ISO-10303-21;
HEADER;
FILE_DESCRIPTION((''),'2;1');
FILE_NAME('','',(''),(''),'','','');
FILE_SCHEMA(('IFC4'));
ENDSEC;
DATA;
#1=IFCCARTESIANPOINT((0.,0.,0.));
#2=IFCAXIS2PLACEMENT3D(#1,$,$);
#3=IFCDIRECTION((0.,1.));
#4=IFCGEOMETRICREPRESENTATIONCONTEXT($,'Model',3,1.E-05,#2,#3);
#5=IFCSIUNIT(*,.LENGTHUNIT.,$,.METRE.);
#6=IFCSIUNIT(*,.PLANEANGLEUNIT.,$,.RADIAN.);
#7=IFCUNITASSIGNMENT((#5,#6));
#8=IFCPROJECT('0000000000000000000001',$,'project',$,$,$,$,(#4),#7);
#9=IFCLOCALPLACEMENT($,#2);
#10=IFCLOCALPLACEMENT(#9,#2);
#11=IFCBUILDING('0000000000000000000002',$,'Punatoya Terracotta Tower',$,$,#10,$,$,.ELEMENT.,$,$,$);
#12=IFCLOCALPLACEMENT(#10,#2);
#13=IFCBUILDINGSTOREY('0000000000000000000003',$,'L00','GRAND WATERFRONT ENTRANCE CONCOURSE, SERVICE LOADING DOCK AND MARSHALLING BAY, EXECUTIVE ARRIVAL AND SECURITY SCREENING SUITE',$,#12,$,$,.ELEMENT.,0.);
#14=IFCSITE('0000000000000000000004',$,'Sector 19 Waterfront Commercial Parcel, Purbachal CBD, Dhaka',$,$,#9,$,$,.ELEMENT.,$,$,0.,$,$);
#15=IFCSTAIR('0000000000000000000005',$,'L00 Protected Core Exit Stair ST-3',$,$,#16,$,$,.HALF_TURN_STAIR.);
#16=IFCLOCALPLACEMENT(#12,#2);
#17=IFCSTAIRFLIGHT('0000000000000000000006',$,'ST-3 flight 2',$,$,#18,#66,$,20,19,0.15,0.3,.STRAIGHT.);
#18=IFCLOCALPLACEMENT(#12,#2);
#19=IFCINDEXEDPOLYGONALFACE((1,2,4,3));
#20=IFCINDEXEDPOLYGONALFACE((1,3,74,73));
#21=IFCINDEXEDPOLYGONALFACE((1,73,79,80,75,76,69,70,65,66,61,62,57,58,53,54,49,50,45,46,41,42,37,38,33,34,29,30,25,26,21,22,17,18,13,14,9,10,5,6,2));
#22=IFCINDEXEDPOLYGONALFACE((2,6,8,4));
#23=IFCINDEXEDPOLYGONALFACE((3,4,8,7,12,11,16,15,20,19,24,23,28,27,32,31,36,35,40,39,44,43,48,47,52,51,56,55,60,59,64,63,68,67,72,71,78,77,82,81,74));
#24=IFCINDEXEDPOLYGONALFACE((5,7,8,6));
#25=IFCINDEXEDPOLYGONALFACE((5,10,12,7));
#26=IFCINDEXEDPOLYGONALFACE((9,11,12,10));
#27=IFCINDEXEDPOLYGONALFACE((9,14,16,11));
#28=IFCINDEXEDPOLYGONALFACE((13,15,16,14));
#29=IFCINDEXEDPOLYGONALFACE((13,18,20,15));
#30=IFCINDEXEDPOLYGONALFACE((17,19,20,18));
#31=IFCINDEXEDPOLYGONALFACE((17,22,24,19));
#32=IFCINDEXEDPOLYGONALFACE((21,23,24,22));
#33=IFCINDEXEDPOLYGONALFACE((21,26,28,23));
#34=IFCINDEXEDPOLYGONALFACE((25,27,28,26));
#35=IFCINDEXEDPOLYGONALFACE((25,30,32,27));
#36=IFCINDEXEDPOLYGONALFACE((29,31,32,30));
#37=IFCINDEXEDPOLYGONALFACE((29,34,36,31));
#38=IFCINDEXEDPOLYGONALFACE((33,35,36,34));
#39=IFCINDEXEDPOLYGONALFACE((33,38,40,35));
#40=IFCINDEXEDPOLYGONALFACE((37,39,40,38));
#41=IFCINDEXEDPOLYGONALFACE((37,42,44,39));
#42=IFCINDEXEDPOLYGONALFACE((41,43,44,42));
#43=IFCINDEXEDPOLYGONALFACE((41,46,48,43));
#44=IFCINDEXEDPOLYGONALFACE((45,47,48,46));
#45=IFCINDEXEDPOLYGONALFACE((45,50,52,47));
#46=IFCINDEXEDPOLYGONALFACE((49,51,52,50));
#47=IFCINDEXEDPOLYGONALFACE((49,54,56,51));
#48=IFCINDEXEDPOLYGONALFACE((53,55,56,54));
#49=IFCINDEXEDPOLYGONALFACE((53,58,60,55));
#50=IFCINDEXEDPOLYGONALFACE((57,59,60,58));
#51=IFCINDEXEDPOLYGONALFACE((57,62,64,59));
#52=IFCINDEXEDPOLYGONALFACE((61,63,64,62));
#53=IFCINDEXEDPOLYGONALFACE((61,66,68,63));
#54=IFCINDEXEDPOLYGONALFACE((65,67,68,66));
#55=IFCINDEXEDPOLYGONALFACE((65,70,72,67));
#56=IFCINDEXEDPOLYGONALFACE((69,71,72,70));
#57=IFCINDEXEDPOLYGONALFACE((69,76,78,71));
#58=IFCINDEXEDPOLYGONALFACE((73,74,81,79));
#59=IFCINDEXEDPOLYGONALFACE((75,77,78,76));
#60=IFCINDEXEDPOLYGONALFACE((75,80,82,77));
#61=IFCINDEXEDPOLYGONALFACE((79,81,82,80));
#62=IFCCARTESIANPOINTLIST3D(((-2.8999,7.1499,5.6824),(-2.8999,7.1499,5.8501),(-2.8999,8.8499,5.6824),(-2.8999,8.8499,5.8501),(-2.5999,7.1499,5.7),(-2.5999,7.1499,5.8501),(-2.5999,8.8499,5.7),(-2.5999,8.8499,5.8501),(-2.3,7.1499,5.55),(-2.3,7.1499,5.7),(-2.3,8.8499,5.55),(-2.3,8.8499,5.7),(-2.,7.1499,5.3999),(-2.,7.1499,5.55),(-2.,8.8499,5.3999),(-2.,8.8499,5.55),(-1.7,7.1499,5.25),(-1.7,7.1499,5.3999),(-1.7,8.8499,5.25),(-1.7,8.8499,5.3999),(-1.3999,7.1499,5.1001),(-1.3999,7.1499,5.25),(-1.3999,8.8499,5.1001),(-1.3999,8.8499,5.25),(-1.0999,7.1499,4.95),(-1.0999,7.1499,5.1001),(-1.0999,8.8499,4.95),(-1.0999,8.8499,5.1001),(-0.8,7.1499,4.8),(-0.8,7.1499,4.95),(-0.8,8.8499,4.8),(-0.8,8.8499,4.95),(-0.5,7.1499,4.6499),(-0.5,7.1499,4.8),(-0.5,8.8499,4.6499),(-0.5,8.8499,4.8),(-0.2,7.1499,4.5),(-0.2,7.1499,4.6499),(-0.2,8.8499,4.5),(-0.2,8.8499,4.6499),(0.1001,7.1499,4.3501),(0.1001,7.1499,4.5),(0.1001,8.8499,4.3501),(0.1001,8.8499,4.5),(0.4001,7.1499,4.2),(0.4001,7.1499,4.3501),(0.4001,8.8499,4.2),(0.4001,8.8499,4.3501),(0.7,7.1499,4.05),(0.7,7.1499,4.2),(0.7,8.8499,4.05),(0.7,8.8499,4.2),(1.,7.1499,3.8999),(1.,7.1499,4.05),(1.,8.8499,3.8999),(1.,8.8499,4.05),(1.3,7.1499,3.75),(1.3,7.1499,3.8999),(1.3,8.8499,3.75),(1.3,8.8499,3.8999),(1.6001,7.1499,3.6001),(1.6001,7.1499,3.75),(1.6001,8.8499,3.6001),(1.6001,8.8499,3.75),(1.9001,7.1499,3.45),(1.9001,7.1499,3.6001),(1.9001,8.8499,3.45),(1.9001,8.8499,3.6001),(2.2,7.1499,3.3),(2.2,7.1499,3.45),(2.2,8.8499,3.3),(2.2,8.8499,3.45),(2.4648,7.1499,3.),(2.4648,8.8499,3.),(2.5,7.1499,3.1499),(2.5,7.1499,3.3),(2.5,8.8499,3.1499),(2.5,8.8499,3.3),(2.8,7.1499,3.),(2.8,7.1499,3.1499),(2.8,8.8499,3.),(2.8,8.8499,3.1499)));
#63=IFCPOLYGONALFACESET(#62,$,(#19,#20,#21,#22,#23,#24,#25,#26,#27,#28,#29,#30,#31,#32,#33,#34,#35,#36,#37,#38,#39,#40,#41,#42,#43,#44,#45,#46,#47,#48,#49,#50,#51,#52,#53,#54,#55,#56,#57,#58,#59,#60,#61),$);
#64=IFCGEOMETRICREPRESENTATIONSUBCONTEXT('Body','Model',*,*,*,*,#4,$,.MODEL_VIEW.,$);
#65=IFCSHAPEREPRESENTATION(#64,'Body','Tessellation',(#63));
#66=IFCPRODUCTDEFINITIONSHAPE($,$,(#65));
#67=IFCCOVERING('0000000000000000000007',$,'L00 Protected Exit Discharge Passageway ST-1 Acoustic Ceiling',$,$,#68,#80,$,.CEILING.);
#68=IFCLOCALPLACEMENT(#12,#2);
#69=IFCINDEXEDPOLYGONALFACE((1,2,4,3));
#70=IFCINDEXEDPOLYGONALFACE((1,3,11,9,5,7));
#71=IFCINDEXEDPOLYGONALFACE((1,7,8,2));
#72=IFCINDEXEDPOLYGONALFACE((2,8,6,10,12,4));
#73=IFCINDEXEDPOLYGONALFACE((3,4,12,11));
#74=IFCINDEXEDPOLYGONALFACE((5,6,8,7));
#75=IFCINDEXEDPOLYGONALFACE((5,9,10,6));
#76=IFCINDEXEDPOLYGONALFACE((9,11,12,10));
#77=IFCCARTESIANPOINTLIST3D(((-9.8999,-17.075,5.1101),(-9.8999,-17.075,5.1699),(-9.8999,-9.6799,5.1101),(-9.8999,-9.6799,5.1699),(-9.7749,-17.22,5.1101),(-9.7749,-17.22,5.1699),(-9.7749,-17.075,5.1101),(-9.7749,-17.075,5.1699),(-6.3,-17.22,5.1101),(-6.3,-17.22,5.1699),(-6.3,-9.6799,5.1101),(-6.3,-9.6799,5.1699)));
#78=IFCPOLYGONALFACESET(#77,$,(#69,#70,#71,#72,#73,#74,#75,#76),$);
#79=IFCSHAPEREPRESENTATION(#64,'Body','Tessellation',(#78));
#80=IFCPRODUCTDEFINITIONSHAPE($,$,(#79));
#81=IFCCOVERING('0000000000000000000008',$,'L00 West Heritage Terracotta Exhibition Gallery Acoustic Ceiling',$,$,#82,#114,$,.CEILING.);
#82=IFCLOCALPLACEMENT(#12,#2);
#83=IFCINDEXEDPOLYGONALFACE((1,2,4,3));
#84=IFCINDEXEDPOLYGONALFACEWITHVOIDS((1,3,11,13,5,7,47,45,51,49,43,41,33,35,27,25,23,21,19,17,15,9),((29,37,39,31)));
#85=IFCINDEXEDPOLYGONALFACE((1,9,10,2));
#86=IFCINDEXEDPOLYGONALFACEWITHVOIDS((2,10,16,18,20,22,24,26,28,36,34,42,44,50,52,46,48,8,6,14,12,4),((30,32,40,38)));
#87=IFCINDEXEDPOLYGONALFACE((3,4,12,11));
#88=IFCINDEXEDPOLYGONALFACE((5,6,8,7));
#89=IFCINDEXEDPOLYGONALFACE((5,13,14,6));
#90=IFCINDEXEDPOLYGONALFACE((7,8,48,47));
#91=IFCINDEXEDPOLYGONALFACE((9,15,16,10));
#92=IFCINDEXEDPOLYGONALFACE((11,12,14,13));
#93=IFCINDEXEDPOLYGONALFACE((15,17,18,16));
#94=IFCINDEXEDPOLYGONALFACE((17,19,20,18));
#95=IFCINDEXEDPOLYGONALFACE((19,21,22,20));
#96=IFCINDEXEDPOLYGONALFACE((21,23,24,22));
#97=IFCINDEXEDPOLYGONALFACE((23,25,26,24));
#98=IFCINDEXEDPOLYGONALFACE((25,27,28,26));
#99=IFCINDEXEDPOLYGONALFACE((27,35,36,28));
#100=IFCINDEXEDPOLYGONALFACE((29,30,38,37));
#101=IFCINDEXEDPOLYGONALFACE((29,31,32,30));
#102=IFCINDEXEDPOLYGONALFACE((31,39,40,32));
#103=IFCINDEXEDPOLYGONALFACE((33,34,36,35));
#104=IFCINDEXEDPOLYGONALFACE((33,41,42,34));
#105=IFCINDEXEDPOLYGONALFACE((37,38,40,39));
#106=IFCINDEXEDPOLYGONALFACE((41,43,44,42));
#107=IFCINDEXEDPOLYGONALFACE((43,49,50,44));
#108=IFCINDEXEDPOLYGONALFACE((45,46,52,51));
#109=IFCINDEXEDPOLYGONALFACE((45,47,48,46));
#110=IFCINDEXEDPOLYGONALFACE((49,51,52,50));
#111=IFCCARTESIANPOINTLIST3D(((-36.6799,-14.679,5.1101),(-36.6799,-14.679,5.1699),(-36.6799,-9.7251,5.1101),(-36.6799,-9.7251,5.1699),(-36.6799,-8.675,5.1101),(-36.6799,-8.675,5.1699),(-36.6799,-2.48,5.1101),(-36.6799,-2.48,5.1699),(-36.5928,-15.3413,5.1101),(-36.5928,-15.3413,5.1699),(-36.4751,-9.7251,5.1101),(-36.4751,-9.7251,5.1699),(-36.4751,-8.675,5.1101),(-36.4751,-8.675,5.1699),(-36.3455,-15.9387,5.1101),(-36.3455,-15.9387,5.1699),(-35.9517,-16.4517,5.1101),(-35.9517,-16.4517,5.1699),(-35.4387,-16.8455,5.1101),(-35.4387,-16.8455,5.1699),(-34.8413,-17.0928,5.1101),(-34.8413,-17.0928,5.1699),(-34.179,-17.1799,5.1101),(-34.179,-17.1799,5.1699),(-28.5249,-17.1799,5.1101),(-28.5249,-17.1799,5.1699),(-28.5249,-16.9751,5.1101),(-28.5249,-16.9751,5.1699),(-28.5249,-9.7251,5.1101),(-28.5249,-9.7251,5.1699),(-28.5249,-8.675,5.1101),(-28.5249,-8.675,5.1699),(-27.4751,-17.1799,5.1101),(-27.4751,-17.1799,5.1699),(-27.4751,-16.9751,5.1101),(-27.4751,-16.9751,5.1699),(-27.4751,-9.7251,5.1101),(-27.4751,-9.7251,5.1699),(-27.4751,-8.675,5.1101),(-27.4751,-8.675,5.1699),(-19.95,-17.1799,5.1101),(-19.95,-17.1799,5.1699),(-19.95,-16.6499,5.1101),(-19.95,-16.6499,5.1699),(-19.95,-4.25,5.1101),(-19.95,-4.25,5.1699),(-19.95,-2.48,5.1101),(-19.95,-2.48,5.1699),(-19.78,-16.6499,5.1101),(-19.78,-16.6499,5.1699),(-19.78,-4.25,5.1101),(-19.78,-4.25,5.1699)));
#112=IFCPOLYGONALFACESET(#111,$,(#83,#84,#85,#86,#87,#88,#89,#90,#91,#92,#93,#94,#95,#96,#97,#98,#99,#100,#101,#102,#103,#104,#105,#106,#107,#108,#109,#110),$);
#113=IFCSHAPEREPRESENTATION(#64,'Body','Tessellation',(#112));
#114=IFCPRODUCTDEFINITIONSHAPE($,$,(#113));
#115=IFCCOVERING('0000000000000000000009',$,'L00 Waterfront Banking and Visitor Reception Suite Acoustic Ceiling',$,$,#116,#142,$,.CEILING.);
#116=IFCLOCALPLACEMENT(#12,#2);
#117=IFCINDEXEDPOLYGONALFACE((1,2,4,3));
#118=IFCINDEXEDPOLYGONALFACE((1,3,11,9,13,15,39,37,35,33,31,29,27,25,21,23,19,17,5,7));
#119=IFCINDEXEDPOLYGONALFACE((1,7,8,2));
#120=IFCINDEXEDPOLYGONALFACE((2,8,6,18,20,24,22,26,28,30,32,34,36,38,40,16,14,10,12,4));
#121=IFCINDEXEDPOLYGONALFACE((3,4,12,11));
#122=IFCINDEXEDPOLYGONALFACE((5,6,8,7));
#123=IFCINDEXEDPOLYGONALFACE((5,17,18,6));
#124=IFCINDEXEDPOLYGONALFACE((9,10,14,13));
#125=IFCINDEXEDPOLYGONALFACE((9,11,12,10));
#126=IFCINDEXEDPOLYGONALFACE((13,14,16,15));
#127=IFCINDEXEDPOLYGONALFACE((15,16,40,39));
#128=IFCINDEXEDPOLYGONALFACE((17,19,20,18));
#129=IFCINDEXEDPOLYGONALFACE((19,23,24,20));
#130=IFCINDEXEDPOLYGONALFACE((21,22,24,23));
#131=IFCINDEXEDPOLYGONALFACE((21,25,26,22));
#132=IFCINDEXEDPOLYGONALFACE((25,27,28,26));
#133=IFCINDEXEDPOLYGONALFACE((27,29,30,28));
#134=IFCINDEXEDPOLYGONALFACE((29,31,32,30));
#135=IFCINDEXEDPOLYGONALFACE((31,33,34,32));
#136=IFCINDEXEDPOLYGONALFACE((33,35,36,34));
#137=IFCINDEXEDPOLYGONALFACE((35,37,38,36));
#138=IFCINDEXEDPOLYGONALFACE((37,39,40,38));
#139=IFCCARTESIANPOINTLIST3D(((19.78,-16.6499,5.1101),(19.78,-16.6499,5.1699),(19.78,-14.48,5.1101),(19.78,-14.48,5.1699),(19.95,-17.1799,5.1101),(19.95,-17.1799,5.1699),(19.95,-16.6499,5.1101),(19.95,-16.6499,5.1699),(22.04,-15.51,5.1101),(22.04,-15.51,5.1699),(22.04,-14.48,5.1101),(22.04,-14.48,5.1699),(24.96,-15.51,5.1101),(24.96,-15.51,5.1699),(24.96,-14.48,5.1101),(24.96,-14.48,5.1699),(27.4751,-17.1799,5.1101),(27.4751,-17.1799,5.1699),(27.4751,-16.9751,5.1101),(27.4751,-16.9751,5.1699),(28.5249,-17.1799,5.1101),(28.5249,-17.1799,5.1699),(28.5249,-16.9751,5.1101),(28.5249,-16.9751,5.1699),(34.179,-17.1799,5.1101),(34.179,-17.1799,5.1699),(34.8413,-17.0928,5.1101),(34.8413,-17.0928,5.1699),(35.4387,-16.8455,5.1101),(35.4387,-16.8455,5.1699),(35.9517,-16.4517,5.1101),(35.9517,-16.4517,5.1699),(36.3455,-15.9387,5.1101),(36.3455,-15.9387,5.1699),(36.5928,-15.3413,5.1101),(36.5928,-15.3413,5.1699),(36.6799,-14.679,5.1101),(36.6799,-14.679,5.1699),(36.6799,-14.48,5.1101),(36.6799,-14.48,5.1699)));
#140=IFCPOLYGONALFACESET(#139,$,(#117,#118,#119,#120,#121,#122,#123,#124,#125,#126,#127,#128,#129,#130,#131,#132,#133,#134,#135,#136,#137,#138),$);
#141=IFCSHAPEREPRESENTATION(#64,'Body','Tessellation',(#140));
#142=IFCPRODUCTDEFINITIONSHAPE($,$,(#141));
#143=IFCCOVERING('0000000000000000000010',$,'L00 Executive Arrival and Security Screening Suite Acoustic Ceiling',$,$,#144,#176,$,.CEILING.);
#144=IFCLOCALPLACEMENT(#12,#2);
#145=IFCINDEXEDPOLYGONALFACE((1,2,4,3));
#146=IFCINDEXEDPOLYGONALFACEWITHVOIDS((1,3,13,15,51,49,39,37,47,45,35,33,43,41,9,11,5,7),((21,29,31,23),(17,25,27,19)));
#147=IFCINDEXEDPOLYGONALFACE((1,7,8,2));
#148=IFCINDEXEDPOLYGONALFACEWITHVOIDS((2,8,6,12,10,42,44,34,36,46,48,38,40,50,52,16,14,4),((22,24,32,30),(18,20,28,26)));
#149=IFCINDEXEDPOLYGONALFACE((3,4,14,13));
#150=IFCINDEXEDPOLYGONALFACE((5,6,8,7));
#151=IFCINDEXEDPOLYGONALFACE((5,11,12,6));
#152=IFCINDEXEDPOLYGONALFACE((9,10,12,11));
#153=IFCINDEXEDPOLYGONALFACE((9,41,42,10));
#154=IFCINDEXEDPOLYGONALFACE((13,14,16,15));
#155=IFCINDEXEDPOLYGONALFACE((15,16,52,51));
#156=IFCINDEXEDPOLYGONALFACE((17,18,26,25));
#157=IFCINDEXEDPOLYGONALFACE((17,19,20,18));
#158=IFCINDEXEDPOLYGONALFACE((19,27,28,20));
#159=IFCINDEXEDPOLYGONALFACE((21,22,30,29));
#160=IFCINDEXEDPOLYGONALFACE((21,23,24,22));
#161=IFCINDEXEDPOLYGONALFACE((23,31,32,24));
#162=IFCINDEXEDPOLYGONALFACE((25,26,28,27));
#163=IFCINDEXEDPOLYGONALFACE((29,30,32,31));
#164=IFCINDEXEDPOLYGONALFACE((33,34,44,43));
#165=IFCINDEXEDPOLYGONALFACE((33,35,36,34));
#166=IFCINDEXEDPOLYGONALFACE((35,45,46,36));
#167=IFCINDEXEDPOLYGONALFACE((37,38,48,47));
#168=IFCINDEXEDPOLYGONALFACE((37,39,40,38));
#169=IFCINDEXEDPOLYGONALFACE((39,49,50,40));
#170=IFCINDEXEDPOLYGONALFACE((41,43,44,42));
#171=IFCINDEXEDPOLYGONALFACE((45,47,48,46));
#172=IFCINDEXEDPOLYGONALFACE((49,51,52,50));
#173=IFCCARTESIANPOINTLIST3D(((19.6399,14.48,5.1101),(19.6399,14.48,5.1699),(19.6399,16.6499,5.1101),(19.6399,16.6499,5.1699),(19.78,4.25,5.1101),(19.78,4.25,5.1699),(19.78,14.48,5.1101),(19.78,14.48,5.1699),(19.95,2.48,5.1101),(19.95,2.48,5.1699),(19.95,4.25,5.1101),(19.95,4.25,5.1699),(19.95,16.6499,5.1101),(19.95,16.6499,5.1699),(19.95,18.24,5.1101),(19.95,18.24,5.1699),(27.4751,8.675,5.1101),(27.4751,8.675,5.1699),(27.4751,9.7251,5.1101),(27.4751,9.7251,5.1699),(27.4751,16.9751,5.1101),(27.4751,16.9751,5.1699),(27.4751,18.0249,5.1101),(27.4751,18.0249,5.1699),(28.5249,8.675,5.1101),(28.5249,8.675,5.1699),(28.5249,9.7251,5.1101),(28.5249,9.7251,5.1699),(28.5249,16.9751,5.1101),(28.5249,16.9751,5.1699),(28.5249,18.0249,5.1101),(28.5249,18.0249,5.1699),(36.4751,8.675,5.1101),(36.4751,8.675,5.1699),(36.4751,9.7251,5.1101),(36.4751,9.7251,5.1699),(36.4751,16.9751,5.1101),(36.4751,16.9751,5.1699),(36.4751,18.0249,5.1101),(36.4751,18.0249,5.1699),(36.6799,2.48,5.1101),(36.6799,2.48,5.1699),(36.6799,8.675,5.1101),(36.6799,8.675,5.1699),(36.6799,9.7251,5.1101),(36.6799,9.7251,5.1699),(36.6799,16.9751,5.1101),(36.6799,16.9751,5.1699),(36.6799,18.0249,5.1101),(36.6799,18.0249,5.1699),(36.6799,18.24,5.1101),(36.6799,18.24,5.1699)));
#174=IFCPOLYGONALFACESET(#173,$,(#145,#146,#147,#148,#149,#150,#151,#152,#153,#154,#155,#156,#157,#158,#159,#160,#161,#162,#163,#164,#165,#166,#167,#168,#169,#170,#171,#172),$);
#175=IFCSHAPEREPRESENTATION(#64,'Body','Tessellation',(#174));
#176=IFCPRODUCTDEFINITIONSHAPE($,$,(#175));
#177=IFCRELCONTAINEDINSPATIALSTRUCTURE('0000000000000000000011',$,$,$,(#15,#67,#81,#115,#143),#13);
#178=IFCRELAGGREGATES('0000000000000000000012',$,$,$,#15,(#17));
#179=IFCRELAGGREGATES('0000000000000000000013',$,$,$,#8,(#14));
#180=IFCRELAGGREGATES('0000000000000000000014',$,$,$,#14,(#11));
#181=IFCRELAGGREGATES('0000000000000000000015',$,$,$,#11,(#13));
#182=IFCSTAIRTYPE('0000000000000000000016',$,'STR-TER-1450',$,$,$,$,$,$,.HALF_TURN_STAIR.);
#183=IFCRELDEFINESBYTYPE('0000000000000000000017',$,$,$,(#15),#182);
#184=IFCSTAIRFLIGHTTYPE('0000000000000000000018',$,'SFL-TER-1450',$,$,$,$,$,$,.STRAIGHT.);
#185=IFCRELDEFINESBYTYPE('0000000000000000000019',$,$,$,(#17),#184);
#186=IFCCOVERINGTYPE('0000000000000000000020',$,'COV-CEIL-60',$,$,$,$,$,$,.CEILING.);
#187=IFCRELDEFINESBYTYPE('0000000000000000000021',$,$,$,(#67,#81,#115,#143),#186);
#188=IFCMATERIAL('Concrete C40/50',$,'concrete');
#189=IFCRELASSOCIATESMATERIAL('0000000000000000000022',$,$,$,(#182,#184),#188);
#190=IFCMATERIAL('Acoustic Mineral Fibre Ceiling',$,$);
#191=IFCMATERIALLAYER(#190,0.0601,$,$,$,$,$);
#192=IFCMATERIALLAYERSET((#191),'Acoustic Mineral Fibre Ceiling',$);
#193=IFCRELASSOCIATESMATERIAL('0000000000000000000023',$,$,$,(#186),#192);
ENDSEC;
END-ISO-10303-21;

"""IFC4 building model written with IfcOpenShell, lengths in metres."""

from ifc_helpers import new_model, si_unit, direction, frame, origin, place, context, subcontext, project, spatial, polyline, outline, extrude, material, layer, layer_set, type_object, element, aggregate, save


model = new_model("IFC4")

# Units and contexts
model_context = context("Model", 3, precision=1e-05, world=origin(), true_north=direction((0.0, 1.0)))
body_context = subcontext(model_context, "Body", "Model", "MODEL_VIEW")
ifc_project = project(units=[si_unit("LENGTHUNIT", "METRE"), si_unit("PLANEANGLEUNIT", "RADIAN")], contexts=[model_context])

# Site, building, storey
site_placement = place(None, origin())
site = spatial("IfcSite", under=ifc_project, at=site_placement, Name="Sector 19 Waterfront Commercial Parcel, Purbachal CBD, Dhaka", CompositionType="ELEMENT", RefElevation=0.0)
building_placement = place(site_placement, origin())
building = spatial("IfcBuilding", under=site, at=building_placement, Name="Punatoya Terracotta Tower", CompositionType="ELEMENT")
storey_placement = place(building_placement, origin())
storey = spatial("IfcBuildingStorey", under=building, at=storey_placement, Name="L00", Description="GRAND WATERFRONT ENTRANCE CONCOURSE, SERVICE LOADING DOCK AND MARSHALLING BAY, EXECUTIVE ARRIVAL AND SECURITY SCREENING SUITE", CompositionType="ELEMENT", Elevation=0.0)

# Shared definitions
ifc_material_1 = material(Name="Concrete C40/50", Category="concrete")

# Stair, stair flight
stair_type = type_object("IfcStairType", Name="STR-TER-1450", PredefinedType="HALF_TURN_STAIR", material=ifc_material_1)
stair_placement = place(storey_placement, origin())
stair = element("IfcStair", 1, at=stair_placement, inside=storey, type_object=stair_type, Name="L00 Protected Core Exit Stair ST-3", PredefinedType="HALF_TURN_STAIR")
stair_flight_type = type_object("IfcStairFlightType", Name="SFL-TER-1450", PredefinedType="STRAIGHT", material=ifc_material_1)
stair_flight_placement = place(storey_placement, frame((2.8, 8.0, 3.0), z_axis=(0.0, 0.0, 1.0), x_axis=(-1.0, 0.0, 0.0)))
stair_flight = element("IfcStairFlight", 2, at=stair_flight_placement, type_object=stair_flight_type, Name="ST-3 flight 2", NumberOfRisers=20, NumberOfTreads=19, PredefinedType="STRAIGHT", RiserHeight=0.15, TreadLength=0.3, context=body_context, shape_type="SweptSolid", body=[
    extrude(outline(polyline([(0.0, 0.0), (0.0, 0.1499), (0.3, 0.1499), (0.3, 0.3), (0.6001, 0.3), (0.6001, 0.45), (0.8999, 0.45), (0.8999, 0.6001), (1.2, 0.6001), (1.2, 0.75), (1.5, 0.75), (1.5, 0.8999), (1.8, 0.8999), (1.8, 1.05), (2.1001, 1.05), (2.1001, 1.2), (2.3999, 1.2), (2.3999, 1.3501), (2.7, 1.3501), (2.7, 1.5), (3.0, 1.5), (3.0, 1.6499), (3.3, 1.6499), (3.3, 1.8), (3.6001, 1.8), (3.6001, 1.95), (3.8999, 1.95), (3.8999, 2.1001), (4.2, 2.1001), (4.2, 2.25), (4.5, 2.25), (4.5, 2.3999), (4.8, 2.3999), (4.8, 2.55), (5.1001, 2.55), (5.1001, 2.7), (5.3999, 2.7), (5.3999, 2.8501), (5.7, 2.8501), (5.7, 3.0), (5.7, 2.6824), (0.3352, 0.0), (0.0, 0.0)])), frame((0.0, 0.8501, 0.0), z_axis=(0.0, -1.0, 0.0), x_axis=(1.0, 0.0, 0.0)), (0.0, 0.0, 1.0), 1.7),
])
aggregate(stair, [stair_flight])

# Coverings
ifc_material_2 = material(Name="Acoustic Mineral Fibre Ceiling")
ifc_layer_1 = layer(ifc_material_2, 0.0601)
ifc_layer_set_1 = layer_set([ifc_layer_1], Name="Acoustic Mineral Fibre Ceiling")
covering_type_1 = type_object("IfcCoveringType", Name="COV-CEIL-60", PredefinedType="CEILING", material=ifc_layer_set_1)
covering_1_placement = place(storey_placement, frame((0.0, 0.0, 5.1101)))
element("IfcCovering", 3, at=covering_1_placement, inside=storey, type_object=covering_type_1, Name="L00 Protected Exit Discharge Passageway ST-1 Acoustic Ceiling", PredefinedType="CEILING", context=body_context, shape_type="SweptSolid", body=[
    extrude(outline(polyline([(-6.3, -9.6799), (-9.8999, -9.6799), (-9.8999, -17.075), (-9.7749, -17.075), (-9.7749, -17.22), (-6.3, -17.22), (-6.3, -9.6799)])), origin(), (0.0, 0.0, 1.0), 0.0598),
])
covering_2_placement = place(storey_placement, frame((0.0, 0.0, 5.1101)))
element("IfcCovering", 4, at=covering_2_placement, inside=storey, type_object=covering_type_1, Name="L00 West Heritage Terracotta Exhibition Gallery Acoustic Ceiling", PredefinedType="CEILING", context=body_context, shape_type="SweptSolid", body=[
    extrude(outline(polyline([(-28.5249, -16.9751), (-27.4751, -16.9751), (-27.4751, -17.1799), (-19.95, -17.1799), (-19.95, -16.6499), (-19.78, -16.6499), (-19.78, -4.25), (-19.95, -4.25), (-19.95, -2.48), (-36.6799, -2.48), (-36.6799, -8.675), (-36.4751, -8.675), (-36.4751, -9.7251), (-36.6799, -9.7251), (-36.6799, -14.679), (-36.5928, -15.3413), (-36.3455, -15.9387), (-35.9517, -16.4517), (-35.4387, -16.8455), (-34.8413, -17.0928), (-34.179, -17.1799), (-28.5249, -17.1799), (-28.5249, -16.9751)]), holes=[polyline([(-28.5249, -9.7251), (-28.5249, -8.675), (-27.4751, -8.675), (-27.4751, -9.7251), (-28.5249, -9.7251)])]), origin(), (0.0, 0.0, 1.0), 0.0598),
])
covering_3_placement = place(storey_placement, frame((0.0, 0.0, 5.1101)))
element("IfcCovering", 5, at=covering_3_placement, inside=storey, type_object=covering_type_1, Name="L00 Waterfront Banking and Visitor Reception Suite Acoustic Ceiling", PredefinedType="CEILING", context=body_context, shape_type="SweptSolid", body=[
    extrude(outline(polyline([(28.5249, -16.9751), (28.5249, -17.1799), (34.179, -17.1799), (34.8413, -17.0928), (35.4387, -16.8455), (35.9517, -16.4517), (36.3455, -15.9387), (36.5928, -15.3413), (36.6799, -14.679), (36.6799, -14.48), (24.96, -14.48), (24.96, -15.51), (22.04, -15.51), (22.04, -14.48), (19.78, -14.48), (19.78, -16.6499), (19.95, -16.6499), (19.95, -17.1799), (27.4751, -17.1799), (27.4751, -16.9751), (28.5249, -16.9751)])), origin(), (0.0, 0.0, 1.0), 0.0598),
])
covering_4_placement = place(storey_placement, frame((0.0, 0.0, 5.1101)))
element("IfcCovering", 6, at=covering_4_placement, inside=storey, type_object=covering_type_1, Name="L00 Executive Arrival and Security Screening Suite Acoustic Ceiling", PredefinedType="CEILING", context=body_context, shape_type="SweptSolid", body=[
    extrude(outline(polyline([(19.95, 2.48), (36.6799, 2.48), (36.6799, 8.675), (36.4751, 8.675), (36.4751, 9.7251), (36.6799, 9.7251), (36.6799, 16.9751), (36.4751, 16.9751), (36.4751, 18.0249), (36.6799, 18.0249), (36.6799, 18.24), (19.95, 18.24), (19.95, 16.6499), (19.6399, 16.6499), (19.6399, 14.48), (19.78, 14.48), (19.78, 4.25), (19.95, 4.25), (19.95, 2.48)]), holes=[polyline([(28.5249, 8.675), (27.4751, 8.675), (27.4751, 9.7251), (28.5249, 9.7251), (28.5249, 8.675)]), polyline([(28.5249, 18.0249), (28.5249, 16.9751), (27.4751, 16.9751), (27.4751, 18.0249), (28.5249, 18.0249)])]), origin(), (0.0, 0.0, 1.0), 0.0598),
])

save(model, "model.ifc")
